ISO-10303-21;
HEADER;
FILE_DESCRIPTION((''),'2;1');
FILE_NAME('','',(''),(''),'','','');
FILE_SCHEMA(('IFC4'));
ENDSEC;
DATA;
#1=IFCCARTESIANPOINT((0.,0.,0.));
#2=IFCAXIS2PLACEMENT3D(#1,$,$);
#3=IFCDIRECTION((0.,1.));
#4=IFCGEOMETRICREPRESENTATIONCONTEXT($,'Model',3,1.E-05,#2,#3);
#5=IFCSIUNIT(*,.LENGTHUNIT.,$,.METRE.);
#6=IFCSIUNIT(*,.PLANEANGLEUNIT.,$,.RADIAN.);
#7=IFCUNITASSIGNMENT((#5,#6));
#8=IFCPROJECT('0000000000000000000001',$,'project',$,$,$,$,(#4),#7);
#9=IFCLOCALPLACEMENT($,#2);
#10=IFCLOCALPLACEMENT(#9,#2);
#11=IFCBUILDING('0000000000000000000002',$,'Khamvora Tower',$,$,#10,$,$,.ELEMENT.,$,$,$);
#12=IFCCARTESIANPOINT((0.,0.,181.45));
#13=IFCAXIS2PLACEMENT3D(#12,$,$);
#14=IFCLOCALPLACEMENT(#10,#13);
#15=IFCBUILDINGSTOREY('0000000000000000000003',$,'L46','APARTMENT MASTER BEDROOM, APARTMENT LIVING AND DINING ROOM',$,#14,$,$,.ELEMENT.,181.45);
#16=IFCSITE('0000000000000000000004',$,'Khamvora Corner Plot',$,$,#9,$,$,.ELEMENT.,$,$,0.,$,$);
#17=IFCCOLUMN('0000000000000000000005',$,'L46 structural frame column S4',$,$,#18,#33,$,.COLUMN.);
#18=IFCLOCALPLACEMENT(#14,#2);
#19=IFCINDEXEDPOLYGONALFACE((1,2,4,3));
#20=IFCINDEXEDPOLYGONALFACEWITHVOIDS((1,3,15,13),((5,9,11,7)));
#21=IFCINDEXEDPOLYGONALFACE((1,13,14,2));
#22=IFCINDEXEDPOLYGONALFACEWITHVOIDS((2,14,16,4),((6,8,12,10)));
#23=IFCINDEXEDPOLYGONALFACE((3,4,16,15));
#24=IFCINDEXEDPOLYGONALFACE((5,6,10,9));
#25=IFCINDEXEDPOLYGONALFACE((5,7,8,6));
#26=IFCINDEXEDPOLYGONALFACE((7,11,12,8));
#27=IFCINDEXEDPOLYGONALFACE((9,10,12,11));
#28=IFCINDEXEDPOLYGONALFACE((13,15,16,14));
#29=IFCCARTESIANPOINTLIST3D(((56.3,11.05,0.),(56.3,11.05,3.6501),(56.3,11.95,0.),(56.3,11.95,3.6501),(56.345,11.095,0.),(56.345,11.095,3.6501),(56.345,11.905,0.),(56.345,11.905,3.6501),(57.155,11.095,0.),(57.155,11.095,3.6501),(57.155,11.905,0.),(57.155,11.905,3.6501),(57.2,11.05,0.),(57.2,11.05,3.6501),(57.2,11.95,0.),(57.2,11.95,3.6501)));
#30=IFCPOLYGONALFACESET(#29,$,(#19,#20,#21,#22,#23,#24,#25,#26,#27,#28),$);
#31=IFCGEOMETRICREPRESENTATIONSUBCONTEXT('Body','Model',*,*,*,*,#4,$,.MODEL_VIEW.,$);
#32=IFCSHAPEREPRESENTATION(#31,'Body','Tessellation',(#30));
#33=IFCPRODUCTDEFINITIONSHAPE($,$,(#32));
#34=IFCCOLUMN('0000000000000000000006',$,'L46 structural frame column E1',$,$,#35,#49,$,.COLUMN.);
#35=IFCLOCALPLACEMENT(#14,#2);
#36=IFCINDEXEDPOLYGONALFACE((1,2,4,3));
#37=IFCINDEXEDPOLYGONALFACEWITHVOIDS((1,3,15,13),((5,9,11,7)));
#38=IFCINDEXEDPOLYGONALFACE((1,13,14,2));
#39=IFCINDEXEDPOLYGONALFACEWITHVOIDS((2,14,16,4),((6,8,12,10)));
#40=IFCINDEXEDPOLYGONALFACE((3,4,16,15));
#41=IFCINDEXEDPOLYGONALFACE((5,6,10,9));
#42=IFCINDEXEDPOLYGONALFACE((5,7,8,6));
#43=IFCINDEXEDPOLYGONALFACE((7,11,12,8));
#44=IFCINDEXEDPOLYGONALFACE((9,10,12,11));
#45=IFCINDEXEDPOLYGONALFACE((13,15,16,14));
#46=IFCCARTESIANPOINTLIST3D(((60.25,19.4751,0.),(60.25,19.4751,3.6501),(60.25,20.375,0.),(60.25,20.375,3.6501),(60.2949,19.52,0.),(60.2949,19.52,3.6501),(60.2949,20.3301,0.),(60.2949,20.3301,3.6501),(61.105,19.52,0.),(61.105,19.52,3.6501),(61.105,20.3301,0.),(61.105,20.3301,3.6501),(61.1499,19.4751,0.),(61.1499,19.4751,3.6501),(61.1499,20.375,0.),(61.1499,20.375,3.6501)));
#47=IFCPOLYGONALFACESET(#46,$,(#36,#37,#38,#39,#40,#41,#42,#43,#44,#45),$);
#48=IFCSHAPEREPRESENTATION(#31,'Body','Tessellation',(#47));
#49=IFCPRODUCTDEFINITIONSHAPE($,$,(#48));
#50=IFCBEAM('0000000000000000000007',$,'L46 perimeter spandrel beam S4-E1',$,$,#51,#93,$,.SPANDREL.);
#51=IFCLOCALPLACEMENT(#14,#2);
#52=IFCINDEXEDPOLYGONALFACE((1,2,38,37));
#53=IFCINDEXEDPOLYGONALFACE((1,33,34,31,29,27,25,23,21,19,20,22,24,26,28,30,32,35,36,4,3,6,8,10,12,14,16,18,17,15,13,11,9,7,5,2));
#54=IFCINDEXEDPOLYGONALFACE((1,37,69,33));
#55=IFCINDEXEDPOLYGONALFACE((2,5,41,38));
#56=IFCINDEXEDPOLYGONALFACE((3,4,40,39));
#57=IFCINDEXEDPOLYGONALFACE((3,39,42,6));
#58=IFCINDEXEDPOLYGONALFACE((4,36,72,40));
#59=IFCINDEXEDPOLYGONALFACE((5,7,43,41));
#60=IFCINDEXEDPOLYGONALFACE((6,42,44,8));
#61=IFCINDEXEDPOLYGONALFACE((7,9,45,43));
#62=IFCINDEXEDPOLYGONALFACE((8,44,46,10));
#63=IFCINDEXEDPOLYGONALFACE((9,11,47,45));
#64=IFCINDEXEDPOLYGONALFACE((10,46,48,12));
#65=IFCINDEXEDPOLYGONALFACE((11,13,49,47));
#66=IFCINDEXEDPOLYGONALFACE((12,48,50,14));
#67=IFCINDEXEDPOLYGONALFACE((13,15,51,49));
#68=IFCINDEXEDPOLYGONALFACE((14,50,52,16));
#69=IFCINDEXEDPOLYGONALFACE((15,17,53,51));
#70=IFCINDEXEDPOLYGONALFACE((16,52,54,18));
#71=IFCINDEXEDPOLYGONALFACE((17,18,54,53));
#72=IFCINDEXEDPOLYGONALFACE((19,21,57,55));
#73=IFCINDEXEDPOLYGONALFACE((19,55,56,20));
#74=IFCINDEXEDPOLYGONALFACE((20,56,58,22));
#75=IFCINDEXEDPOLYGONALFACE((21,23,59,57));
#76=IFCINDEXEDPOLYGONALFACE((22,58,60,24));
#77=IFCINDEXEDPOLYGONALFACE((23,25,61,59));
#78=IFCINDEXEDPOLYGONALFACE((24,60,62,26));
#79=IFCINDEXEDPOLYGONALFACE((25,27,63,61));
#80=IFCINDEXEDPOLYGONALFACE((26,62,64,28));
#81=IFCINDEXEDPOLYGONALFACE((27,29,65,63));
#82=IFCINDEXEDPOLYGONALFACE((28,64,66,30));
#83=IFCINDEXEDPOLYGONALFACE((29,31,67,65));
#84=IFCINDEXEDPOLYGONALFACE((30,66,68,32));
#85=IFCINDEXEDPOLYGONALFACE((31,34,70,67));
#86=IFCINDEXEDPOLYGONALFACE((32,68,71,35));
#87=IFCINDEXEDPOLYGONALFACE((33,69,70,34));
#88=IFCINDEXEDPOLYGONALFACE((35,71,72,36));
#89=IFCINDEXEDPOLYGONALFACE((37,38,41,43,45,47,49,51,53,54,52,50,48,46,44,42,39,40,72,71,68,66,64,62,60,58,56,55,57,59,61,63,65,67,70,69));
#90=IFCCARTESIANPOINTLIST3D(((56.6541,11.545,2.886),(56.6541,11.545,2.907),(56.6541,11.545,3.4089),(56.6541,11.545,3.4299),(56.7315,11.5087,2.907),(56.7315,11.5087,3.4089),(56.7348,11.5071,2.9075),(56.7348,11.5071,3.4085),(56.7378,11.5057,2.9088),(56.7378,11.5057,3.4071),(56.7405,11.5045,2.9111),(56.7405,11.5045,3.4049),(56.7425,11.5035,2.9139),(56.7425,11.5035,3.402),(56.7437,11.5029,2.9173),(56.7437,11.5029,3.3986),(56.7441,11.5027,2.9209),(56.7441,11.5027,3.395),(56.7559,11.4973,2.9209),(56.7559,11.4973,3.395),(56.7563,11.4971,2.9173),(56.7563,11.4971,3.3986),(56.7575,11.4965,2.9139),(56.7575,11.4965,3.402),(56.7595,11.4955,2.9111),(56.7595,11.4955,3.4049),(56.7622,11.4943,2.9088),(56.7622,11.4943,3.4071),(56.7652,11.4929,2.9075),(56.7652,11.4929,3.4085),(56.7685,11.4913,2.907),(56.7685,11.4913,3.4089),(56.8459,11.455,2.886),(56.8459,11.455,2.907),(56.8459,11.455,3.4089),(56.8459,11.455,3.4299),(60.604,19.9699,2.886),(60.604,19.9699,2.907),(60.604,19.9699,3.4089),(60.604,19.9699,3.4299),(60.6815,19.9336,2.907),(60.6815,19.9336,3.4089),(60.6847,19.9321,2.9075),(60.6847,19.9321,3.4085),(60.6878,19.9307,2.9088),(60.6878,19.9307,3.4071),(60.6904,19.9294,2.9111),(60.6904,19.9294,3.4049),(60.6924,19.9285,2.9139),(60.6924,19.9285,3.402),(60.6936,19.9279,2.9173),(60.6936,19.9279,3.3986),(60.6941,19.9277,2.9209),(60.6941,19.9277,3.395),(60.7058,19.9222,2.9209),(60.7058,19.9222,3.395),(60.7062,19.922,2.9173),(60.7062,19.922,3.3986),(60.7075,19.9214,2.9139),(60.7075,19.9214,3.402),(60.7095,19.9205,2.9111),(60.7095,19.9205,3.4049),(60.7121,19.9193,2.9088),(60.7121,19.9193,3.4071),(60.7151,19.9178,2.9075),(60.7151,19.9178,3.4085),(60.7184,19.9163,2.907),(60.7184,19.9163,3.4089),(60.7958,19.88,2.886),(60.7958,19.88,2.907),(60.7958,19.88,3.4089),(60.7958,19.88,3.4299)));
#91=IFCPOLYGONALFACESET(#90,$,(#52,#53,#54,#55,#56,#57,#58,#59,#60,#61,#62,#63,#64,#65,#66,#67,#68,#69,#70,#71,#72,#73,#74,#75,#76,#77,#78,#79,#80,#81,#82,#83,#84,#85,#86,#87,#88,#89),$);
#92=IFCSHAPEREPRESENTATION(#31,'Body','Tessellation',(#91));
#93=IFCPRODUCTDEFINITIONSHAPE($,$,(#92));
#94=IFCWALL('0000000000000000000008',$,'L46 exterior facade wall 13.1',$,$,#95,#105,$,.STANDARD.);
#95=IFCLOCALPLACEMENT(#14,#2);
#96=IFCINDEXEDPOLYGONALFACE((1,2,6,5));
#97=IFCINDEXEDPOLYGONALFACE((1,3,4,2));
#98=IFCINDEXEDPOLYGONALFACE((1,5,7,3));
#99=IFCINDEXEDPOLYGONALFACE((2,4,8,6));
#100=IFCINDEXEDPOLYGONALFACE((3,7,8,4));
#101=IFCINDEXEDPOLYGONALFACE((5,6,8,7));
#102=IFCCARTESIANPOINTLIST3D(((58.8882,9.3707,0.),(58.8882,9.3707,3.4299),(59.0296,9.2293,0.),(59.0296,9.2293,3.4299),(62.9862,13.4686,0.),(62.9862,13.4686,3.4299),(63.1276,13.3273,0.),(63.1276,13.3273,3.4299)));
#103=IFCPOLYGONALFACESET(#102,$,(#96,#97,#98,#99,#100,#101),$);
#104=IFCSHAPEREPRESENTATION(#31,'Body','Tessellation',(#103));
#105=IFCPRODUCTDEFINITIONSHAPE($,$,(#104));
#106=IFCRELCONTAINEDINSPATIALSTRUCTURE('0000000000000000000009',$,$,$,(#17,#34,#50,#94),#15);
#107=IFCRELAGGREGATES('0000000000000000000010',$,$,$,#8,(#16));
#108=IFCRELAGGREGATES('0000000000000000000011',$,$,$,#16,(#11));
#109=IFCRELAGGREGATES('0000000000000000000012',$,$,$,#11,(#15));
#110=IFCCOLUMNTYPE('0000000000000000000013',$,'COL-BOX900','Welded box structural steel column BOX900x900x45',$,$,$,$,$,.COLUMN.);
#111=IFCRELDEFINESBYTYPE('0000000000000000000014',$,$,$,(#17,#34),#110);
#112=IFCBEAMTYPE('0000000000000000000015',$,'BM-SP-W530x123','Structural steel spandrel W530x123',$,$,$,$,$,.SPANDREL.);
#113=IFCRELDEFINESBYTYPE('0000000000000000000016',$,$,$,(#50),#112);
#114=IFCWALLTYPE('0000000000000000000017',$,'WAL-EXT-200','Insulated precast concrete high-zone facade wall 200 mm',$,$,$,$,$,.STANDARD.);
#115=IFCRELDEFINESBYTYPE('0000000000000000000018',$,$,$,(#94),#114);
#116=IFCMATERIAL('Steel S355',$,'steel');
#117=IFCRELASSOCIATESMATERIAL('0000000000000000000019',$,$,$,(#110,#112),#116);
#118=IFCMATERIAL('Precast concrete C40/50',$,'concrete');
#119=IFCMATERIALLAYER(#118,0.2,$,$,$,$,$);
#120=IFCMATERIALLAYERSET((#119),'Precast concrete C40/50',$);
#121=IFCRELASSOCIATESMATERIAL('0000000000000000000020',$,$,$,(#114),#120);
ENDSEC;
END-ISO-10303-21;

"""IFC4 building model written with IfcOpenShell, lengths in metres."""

from ifc_helpers import new_model, si_unit, direction, frame, frame_2d, origin, origin_2d, place, context, subcontext, project, spatial, rectangle, hollow_rectangle, i_section, extrude, material, layer, layer_set, material_profile, profile_set, type_object, element, save


model = new_model("IFC4")

# Units and contexts
model_context = context("Model", 3, precision=1e-05, world=origin(), true_north=direction((0.0, 1.0)))
body_context = subcontext(model_context, "Body", "Model", "MODEL_VIEW")
ifc_project = project(units=[si_unit("LENGTHUNIT", "METRE"), si_unit("PLANEANGLEUNIT", "RADIAN")], contexts=[model_context])

# Site, building, storey
site_placement = place(None, origin())
site = spatial("IfcSite", under=ifc_project, at=site_placement, Name="Khamvora Corner Plot", CompositionType="ELEMENT", RefElevation=0.0)
building_placement = place(site_placement, origin())
building = spatial("IfcBuilding", under=site, at=building_placement, Name="Khamvora Tower", CompositionType="ELEMENT")
storey_placement = place(building_placement, frame((0.0, 0.0, 181.45)))
storey = spatial("IfcBuildingStorey", under=building, at=storey_placement, Name="L46", Description="APARTMENT MASTER BEDROOM, APARTMENT LIVING AND DINING ROOM", CompositionType="ELEMENT", Elevation=181.45)

# Columns
ifc_material_1 = material(Name="Steel S355", Category="steel")
ifc_material_profile_1 = material_profile(ifc_material_1, hollow_rectangle(XDim=0.8999, YDim=0.8999, WallThickness=0.0449, at=origin_2d()), Name="BOX900x900x45")
ifc_profile_set_1 = profile_set([ifc_material_profile_1], Name="Steel S355")
column_type = type_object("IfcColumnType", Name="COL-BOX900", Description="Welded box structural steel column BOX900x900x45", PredefinedType="COLUMN", material=ifc_profile_set_1)
for number, where, z_axis, x_axis, name in (
    (1, (56.75, 11.5, 0.0), (0.0, 0.0, 1.0), (1.0, 0.0, 0.0), "L46 structural frame column S4"),
    (2, (60.7, 19.925, 0.0), (0.0, 0.0, 1.0), (1.0, 0.0, 0.0), "L46 structural frame column E1"),
):
    element("IfcColumn", number, at=place(storey_placement, frame(where, z_axis=z_axis, x_axis=x_axis)), inside=storey, type_object=column_type, Name=name, PredefinedType="COLUMN", context=body_context, shape_type="SweptSolid", body=[
        extrude(hollow_rectangle(XDim=0.8999, YDim=0.8999, WallThickness=0.0449, at=origin_2d()), origin(), (0.0, 0.0, 1.0), 3.6501),
    ])

# Beam
ifc_material_profile_2 = material_profile(ifc_material_1, i_section(OverallWidth=0.2119, OverallDepth=0.5439, WebThickness=0.0129, FlangeThickness=0.021, FilletRadius=0.0139, at=origin_2d()), Name="W530x123")
ifc_profile_set_2 = profile_set([ifc_material_profile_2], Name="Steel S355")
beam_type = type_object("IfcBeamType", Name="BM-SP-W530x123", Description="Structural steel spandrel W530x123", PredefinedType="SPANDREL", material=ifc_profile_set_2)
beam_placement = place(storey_placement, frame((56.75, 11.5, 3.158), z_axis=(0.424496, 0.90543, 0.0), x_axis=(-0.90543, 0.424496, 0.0)))
element("IfcBeam", 3, at=beam_placement, inside=storey, type_object=beam_type, Name="L46 perimeter spandrel beam S4-E1", PredefinedType="SPANDREL", context=body_context, shape_type="SweptSolid", body=[
    extrude(i_section(OverallWidth=0.2119, OverallDepth=0.5439, WebThickness=0.0129, FlangeThickness=0.021, FilletRadius=0.0139, at=origin_2d()), origin(), (0.0, 0.0, 1.0), 9.3049),
])

# Wall
ifc_material_2 = material(Name="Precast concrete C40/50", Category="concrete")
ifc_layer_1 = layer(ifc_material_2, 0.2)
ifc_layer_set_1 = layer_set([ifc_layer_1], Name="Precast concrete C40/50")
wall_type_1 = type_object("IfcWallType", Name="WAL-EXT-200", Description="Insulated precast concrete high-zone facade wall 200 mm", PredefinedType="STANDARD", material=ifc_layer_set_1)
wall_1_placement = place(storey_placement, frame((63.0569, 13.3979, 0.0), z_axis=(0.0, 0.0, 1.0), x_axis=(-0.707107, -0.707107, 0.0)))
element("IfcWall", 4, at=wall_1_placement, inside=storey, type_object=wall_type_1, Name="L46 exterior facade wall 13.1", PredefinedType="STANDARD", context=body_context, shape_type="SweptSolid", body=[
    extrude(rectangle(XDim=5.7954, YDim=0.2, at=frame_2d((2.8977, 0.0))), origin(), (0.0, 0.0, 1.0), 3.4299),
])

save(model, "model.ifc")
